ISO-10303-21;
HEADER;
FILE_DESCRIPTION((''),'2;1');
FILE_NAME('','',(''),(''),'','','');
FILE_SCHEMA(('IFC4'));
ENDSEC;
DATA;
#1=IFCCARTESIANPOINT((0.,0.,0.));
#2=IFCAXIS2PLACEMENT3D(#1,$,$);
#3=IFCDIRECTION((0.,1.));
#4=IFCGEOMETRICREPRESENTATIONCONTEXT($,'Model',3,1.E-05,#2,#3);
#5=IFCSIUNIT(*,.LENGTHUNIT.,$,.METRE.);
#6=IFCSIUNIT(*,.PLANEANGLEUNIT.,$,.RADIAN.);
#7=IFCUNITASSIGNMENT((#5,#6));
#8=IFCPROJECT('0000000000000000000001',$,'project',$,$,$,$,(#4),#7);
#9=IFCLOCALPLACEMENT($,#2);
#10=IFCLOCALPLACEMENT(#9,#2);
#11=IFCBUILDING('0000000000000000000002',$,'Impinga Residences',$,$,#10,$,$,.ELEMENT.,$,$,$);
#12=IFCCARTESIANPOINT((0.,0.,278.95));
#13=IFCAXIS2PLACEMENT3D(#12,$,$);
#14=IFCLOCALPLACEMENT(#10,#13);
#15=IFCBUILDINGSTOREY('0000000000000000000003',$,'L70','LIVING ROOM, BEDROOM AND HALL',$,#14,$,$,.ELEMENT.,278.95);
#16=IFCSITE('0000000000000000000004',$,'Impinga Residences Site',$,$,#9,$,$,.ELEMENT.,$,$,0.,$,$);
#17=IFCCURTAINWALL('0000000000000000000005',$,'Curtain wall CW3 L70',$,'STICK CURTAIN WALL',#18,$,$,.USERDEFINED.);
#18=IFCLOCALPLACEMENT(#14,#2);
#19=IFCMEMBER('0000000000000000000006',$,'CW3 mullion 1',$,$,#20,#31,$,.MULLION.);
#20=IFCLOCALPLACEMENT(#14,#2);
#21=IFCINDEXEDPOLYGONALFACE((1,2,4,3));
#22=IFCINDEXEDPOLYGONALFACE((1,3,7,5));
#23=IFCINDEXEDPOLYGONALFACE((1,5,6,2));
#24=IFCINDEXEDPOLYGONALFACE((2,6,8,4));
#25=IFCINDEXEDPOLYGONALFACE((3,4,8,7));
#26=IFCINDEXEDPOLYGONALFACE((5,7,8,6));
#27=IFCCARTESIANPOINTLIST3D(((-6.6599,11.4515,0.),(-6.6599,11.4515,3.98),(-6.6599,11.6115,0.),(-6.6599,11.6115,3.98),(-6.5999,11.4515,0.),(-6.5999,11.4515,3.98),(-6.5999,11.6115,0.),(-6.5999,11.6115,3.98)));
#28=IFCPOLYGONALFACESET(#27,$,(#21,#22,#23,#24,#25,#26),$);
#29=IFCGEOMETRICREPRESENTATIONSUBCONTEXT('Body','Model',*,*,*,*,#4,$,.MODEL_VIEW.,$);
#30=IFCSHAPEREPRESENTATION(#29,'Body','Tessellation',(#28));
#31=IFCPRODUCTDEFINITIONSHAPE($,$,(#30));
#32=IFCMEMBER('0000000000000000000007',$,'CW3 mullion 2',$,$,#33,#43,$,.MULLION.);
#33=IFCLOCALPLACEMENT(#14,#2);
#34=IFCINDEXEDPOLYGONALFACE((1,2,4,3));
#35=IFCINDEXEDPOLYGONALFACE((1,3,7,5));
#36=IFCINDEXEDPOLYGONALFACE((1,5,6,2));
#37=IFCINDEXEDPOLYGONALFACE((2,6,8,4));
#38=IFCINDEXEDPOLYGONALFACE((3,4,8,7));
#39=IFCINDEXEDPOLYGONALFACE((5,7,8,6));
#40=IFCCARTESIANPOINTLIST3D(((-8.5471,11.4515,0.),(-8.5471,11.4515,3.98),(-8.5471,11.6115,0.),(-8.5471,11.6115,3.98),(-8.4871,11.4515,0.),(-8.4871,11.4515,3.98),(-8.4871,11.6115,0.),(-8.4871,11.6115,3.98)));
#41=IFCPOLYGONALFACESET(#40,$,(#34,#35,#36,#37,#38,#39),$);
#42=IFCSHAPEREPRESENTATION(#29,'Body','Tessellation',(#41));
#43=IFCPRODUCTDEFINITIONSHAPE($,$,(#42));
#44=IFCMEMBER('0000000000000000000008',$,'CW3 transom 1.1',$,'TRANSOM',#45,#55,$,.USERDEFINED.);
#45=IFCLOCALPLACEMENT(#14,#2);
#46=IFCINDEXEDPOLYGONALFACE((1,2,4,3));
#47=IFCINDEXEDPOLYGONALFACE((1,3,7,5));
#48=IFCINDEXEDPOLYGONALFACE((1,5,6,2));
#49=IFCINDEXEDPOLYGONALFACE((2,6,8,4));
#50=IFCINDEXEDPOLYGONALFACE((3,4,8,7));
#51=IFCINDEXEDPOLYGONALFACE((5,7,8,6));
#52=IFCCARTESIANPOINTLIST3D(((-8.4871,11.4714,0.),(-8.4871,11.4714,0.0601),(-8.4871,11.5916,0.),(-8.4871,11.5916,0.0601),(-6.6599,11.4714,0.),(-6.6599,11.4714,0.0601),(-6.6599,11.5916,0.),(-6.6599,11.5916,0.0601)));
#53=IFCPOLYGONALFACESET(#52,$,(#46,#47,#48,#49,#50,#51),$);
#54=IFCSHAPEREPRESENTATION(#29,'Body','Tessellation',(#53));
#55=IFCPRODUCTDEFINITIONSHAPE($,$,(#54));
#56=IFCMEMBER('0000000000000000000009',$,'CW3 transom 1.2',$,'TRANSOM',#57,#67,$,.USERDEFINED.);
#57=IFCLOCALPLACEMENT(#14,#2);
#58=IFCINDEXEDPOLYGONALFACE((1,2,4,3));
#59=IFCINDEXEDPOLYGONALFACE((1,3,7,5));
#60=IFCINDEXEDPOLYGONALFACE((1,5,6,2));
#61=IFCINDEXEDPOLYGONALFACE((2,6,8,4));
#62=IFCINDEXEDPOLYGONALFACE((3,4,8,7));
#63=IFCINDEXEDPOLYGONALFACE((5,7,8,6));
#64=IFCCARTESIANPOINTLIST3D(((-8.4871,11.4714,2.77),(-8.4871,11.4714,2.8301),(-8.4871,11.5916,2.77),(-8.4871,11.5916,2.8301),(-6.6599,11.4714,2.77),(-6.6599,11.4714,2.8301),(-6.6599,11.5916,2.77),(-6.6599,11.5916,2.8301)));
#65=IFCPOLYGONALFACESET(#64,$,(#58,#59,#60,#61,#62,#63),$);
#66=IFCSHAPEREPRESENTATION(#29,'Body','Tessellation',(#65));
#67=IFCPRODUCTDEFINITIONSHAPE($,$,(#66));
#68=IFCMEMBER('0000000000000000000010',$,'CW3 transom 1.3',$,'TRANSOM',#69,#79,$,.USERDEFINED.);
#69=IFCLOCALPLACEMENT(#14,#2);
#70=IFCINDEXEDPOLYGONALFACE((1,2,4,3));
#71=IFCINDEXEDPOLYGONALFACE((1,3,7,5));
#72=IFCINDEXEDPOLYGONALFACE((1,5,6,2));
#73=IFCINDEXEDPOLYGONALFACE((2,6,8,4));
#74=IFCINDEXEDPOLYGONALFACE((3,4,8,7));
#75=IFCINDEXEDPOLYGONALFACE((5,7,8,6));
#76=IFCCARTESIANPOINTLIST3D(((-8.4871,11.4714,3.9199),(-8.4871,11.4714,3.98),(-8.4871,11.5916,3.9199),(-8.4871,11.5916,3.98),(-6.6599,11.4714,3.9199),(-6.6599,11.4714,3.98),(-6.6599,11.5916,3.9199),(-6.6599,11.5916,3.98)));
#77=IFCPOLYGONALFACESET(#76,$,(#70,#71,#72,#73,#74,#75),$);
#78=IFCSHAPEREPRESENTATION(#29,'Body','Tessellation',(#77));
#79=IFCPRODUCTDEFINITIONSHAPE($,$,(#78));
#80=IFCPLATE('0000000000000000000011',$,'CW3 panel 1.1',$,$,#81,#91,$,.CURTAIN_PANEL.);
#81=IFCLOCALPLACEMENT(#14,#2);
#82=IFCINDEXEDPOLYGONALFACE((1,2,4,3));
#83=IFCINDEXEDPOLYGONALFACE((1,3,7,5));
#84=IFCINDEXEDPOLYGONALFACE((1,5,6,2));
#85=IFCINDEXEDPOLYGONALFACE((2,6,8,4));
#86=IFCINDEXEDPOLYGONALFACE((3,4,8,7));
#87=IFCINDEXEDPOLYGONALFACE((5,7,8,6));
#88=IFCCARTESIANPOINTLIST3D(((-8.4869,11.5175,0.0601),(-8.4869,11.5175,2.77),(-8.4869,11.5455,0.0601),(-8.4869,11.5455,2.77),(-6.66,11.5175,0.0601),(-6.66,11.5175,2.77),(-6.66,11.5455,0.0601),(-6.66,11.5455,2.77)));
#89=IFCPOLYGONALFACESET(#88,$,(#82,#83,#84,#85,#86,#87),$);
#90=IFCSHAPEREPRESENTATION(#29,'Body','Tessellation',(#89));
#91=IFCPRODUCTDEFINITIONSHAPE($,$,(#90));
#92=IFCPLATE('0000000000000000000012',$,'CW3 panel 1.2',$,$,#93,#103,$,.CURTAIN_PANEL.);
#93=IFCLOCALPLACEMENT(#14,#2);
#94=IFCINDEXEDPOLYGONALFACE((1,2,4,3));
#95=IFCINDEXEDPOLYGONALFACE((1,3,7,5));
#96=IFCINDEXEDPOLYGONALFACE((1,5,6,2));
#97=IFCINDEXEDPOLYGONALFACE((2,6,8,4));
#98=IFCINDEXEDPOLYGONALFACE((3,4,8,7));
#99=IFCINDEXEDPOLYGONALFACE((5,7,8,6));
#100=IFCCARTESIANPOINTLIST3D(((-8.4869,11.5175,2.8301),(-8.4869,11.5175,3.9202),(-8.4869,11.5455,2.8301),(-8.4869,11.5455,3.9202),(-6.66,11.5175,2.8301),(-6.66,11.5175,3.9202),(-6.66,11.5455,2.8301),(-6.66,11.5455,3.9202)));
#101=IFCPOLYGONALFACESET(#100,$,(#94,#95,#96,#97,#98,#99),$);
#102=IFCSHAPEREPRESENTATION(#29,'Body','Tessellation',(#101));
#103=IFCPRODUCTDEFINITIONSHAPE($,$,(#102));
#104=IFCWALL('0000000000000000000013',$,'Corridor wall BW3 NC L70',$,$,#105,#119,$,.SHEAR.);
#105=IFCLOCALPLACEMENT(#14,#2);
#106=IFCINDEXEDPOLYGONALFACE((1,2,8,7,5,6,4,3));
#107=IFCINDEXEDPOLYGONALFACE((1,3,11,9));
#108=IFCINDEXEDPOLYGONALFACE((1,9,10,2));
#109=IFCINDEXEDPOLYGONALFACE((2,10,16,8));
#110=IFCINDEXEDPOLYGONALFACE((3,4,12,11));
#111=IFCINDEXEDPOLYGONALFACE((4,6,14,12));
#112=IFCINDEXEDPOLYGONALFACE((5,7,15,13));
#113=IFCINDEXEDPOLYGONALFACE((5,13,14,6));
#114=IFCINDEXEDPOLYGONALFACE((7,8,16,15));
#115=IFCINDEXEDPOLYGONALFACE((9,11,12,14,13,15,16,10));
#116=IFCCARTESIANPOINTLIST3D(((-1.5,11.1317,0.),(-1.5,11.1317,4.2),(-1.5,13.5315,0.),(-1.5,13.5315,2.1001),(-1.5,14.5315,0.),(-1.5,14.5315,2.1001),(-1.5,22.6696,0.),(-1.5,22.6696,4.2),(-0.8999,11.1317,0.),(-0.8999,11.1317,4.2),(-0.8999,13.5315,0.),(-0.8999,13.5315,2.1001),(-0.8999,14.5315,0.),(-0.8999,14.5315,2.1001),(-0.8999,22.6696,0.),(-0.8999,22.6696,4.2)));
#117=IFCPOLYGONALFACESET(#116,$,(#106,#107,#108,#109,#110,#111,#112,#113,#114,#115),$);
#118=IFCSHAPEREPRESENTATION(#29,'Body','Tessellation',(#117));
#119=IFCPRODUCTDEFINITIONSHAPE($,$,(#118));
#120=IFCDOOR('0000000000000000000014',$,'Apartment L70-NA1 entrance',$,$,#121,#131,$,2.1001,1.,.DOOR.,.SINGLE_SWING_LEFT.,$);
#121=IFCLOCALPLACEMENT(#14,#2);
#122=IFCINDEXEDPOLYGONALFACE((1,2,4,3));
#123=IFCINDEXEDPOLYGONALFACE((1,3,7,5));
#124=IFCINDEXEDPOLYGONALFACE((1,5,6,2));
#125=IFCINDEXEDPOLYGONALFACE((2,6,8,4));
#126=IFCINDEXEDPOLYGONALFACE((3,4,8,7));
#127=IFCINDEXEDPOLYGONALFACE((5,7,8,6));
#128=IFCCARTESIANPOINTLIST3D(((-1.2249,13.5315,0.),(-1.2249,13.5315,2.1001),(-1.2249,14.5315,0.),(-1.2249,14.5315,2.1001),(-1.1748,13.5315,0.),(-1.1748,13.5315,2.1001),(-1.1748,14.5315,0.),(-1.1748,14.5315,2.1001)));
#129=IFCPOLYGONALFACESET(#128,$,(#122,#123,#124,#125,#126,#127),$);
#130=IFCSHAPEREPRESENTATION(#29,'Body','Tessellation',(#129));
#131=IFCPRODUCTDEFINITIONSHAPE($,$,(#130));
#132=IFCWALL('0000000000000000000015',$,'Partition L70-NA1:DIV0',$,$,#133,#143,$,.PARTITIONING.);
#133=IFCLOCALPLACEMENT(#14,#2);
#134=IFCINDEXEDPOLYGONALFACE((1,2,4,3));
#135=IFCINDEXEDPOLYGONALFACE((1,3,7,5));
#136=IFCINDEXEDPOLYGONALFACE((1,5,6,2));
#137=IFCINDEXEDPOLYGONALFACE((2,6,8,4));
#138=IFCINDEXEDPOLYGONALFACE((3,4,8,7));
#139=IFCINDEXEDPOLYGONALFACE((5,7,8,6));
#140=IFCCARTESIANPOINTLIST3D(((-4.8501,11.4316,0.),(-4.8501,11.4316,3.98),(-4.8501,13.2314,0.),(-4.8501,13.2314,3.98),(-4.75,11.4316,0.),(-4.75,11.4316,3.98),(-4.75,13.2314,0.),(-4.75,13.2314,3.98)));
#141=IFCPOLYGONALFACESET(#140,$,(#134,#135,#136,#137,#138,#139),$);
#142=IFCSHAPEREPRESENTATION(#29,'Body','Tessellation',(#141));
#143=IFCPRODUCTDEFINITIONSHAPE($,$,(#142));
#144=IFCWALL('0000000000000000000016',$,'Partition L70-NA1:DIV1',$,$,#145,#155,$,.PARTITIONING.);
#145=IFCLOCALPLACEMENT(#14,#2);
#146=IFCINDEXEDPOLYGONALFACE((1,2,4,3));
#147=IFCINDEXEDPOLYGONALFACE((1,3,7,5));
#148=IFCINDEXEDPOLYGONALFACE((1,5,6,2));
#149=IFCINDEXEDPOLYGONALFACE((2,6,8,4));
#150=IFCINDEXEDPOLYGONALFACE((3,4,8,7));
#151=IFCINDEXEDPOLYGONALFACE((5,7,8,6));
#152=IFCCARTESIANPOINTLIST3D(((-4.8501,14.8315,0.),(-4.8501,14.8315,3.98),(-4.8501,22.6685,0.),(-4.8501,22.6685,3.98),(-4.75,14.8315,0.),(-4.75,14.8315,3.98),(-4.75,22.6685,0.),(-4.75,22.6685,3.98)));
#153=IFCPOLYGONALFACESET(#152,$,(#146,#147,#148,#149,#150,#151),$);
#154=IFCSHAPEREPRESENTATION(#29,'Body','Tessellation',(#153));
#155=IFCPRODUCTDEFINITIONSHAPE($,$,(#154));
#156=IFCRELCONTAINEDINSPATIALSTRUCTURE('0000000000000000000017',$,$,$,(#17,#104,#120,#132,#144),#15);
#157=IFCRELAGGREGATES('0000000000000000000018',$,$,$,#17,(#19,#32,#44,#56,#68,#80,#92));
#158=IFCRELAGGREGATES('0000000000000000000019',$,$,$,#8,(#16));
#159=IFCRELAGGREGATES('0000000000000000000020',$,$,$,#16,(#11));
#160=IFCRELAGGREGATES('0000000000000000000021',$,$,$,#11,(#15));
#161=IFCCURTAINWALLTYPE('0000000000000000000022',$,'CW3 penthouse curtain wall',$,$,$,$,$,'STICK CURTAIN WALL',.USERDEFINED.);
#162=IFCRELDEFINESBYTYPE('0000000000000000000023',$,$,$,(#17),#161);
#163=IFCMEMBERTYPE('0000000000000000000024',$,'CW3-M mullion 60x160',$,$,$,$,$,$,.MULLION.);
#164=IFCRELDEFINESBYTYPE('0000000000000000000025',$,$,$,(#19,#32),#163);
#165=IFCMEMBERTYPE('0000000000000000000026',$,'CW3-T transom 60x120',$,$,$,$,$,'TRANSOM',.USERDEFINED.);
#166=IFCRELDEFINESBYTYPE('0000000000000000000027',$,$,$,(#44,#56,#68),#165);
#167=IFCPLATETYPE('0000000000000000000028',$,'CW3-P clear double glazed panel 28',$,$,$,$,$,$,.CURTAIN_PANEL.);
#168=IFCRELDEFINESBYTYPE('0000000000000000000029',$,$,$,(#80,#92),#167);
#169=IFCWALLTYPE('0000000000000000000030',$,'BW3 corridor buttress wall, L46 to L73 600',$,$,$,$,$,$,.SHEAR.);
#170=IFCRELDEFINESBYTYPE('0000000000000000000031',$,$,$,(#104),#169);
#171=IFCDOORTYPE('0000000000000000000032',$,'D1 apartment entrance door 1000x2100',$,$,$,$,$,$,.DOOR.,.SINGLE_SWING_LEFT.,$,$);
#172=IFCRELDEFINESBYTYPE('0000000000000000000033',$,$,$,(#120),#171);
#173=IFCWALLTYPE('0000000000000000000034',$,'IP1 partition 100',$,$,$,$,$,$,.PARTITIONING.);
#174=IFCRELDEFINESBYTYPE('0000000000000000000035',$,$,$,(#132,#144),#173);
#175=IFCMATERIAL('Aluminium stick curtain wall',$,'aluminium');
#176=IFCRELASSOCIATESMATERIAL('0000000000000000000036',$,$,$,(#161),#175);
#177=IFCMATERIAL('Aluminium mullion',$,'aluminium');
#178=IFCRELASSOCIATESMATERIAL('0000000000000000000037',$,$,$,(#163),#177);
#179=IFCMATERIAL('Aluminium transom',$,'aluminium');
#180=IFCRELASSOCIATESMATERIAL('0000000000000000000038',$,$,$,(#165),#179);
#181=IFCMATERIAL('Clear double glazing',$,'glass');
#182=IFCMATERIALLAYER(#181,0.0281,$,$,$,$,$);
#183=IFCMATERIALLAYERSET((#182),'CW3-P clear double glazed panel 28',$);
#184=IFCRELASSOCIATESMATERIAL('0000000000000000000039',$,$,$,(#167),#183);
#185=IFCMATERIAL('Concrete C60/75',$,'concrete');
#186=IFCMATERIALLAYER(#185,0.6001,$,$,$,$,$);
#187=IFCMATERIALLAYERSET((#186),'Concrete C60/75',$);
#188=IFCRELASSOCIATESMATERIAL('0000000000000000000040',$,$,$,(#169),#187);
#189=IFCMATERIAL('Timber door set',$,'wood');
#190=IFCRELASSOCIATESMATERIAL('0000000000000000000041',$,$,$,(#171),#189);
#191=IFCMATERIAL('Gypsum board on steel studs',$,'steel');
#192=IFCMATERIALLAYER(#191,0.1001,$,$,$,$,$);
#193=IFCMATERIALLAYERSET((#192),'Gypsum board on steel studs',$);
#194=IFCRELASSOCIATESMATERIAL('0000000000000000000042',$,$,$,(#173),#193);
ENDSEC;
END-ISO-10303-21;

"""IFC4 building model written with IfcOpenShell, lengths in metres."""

from ifc_helpers import new_model, si_unit, direction, frame, frame_2d, origin, origin_2d, place, context, subcontext, project, spatial, rectangle, extrude, material, layer, layer_set, material_profile, profile_set, type_object, element, fill, aggregate, save


model = new_model("IFC4")

# Units and contexts
model_context = context("Model", 3, precision=1e-05, world=origin(), true_north=direction((0.0, 1.0)))
body_context = subcontext(model_context, "Body", "Model", "MODEL_VIEW")
ifc_project = project(units=[si_unit("LENGTHUNIT", "METRE"), si_unit("PLANEANGLEUNIT", "RADIAN")], contexts=[model_context])

# Site, building, storey
site_placement = place(None, origin())
site = spatial("IfcSite", under=ifc_project, at=site_placement, Name="Impinga Residences Site", CompositionType="ELEMENT", RefElevation=0.0)
building_placement = place(site_placement, origin())
building = spatial("IfcBuilding", under=site, at=building_placement, Name="Impinga Residences", CompositionType="ELEMENT")
storey_placement = place(building_placement, frame((0.0, 0.0, 278.95)))
storey = spatial("IfcBuildingStorey", under=building, at=storey_placement, Name="L70", Description="LIVING ROOM, BEDROOM AND HALL", CompositionType="ELEMENT", Elevation=278.95)

# Curtain wall, members, plates
ifc_material_1 = material(Name="Aluminium stick curtain wall", Category="aluminium")
curtain_wall_type = type_object("IfcCurtainWallType", Name="CW3 penthouse curtain wall", ElementType="STICK CURTAIN WALL", PredefinedType="USERDEFINED", material=ifc_material_1)
curtain_wall_placement = place(storey_placement, origin())
curtain_wall = element("IfcCurtainWall", 1, at=curtain_wall_placement, inside=storey, type_object=curtain_wall_type, Name="Curtain wall CW3 L70", ObjectType="STICK CURTAIN WALL", PredefinedType="USERDEFINED")
ifc_material_2 = material(Name="Aluminium mullion", Category="aluminium")
ifc_material_profile_1 = material_profile(ifc_material_2, rectangle(XDim=0.0601, YDim=0.1599, at=origin_2d()), Name="60x160 mullion")
ifc_profile_set_1 = profile_set([ifc_material_profile_1], Name="Aluminium mullion")
member_type_1 = type_object("IfcMemberType", Name="CW3-M mullion 60x160", PredefinedType="MULLION", material=ifc_profile_set_1)
member_1_placement = place(storey_placement, frame((-6.6299, 11.5315, 0.0), z_axis=(0.0, 0.0, 1.0), x_axis=(-1.0, 0.0, 0.0)))
member_1 = element("IfcMember", 2, at=member_1_placement, type_object=member_type_1, Name="CW3 mullion 1", PredefinedType="MULLION", context=body_context, shape_type="SweptSolid", body=[
    extrude(rectangle(XDim=0.0601, YDim=0.1599, at=origin_2d()), origin(), (0.0, 0.0, 1.0), 3.98),
])
member_2_placement = place(storey_placement, frame((-8.5171, 11.5315, 0.0), z_axis=(0.0, 0.0, 1.0), x_axis=(-1.0, 0.0, 0.0)))
member_2 = element("IfcMember", 3, at=member_2_placement, type_object=member_type_1, Name="CW3 mullion 2", PredefinedType="MULLION", context=body_context, shape_type="SweptSolid", body=[
    extrude(rectangle(XDim=0.0601, YDim=0.1599, at=origin_2d()), origin(), (0.0, 0.0, 1.0), 3.98),
])
ifc_material_3 = material(Name="Aluminium transom", Category="aluminium")
ifc_material_profile_2 = material_profile(ifc_material_3, rectangle(XDim=0.0601, YDim=0.1201, at=origin_2d()), Name="60x120 transom")
ifc_profile_set_2 = profile_set([ifc_material_profile_2], Name="Aluminium transom")
member_type_2 = type_object("IfcMemberType", Name="CW3-T transom 60x120", ElementType="TRANSOM", PredefinedType="USERDEFINED", material=ifc_profile_set_2)
member_3_placement = place(storey_placement, frame((-6.6599, 11.5315, 0.03), z_axis=(-1.0, 0.0, 0.0), x_axis=(0.0, 0.0, 1.0)))
member_3 = element("IfcMember", 4, at=member_3_placement, type_object=member_type_2, Name="CW3 transom 1.1", ObjectType="TRANSOM", PredefinedType="USERDEFINED", context=body_context, shape_type="SweptSolid", body=[
    extrude(rectangle(XDim=0.0601, YDim=0.1201, at=origin_2d()), origin(), (0.0, 0.0, 1.0), 1.8271),
])
member_4_placement = place(storey_placement, frame((-6.6599, 11.5315, 2.8), z_axis=(-1.0, 0.0, 0.0), x_axis=(0.0, 0.0, 1.0)))
member_4 = element("IfcMember", 5, at=member_4_placement, type_object=member_type_2, Name="CW3 transom 1.2", ObjectType="TRANSOM", PredefinedType="USERDEFINED", context=body_context, shape_type="SweptSolid", body=[
    extrude(rectangle(XDim=0.0601, YDim=0.1201, at=origin_2d()), origin(), (0.0, 0.0, 1.0), 1.8271),
])
member_5_placement = place(storey_placement, frame((-6.6599, 11.5315, 3.95), z_axis=(-1.0, 0.0, 0.0), x_axis=(0.0, 0.0, 1.0)))
member_5 = element("IfcMember", 6, at=member_5_placement, type_object=member_type_2, Name="CW3 transom 1.3", ObjectType="TRANSOM", PredefinedType="USERDEFINED", context=body_context, shape_type="SweptSolid", body=[
    extrude(rectangle(XDim=0.0601, YDim=0.1201, at=origin_2d()), origin(), (0.0, 0.0, 1.0), 1.8271),
])
ifc_material_4 = material(Name="Clear double glazing", Category="glass")
ifc_layer_1 = layer(ifc_material_4, 0.0281)
ifc_layer_set_1 = layer_set([ifc_layer_1], Name="CW3-P clear double glazed panel 28")
plate_type = type_object("IfcPlateType", Name="CW3-P clear double glazed panel 28", PredefinedType="CURTAIN_PANEL", material=ifc_layer_set_1)
plate_1_placement = place(storey_placement, frame((-7.5735, 11.5315, 0.0601), z_axis=(0.0, 0.0, 1.0), x_axis=(-1.0, 0.0, 0.0)))
plate_1 = element("IfcPlate", 7, at=plate_1_placement, type_object=plate_type, Name="CW3 panel 1.1", PredefinedType="CURTAIN_PANEL", context=body_context, shape_type="SweptSolid", body=[
    extrude(rectangle(XDim=1.8269, YDim=0.0281, at=origin_2d()), origin(), (0.0, 0.0, 1.0), 2.71),
])
plate_2_placement = place(storey_placement, frame((-7.5735, 11.5315, 2.8301), z_axis=(0.0, 0.0, 1.0), x_axis=(-1.0, 0.0, 0.0)))
plate_2 = element("IfcPlate", 8, at=plate_2_placement, type_object=plate_type, Name="CW3 panel 1.2", PredefinedType="CURTAIN_PANEL", context=body_context, shape_type="SweptSolid", body=[
    extrude(rectangle(XDim=1.8269, YDim=0.0281, at=origin_2d()), origin(), (0.0, 0.0, 1.0), 1.0901),
])
aggregate(curtain_wall, [member_1, member_2, member_3, member_4, member_5, plate_1, plate_2])

# Wall, opening, door
ifc_material_5 = material(Name="Concrete C60/75", Category="concrete")
ifc_layer_2 = layer(ifc_material_5, 0.6001)
ifc_layer_set_2 = layer_set([ifc_layer_2], Name="Concrete C60/75")
wall_type_1 = type_object("IfcWallType", Name="BW3 corridor buttress wall, L46 to L73 600", PredefinedType="SHEAR", material=ifc_layer_set_2)
wall_1_placement = place(storey_placement, frame((-1.2, 11.1316, 0.0), z_axis=(0.0, 0.0, 1.0), x_axis=(0.0, 1.0, 0.0)))
wall_1 = element("IfcWall", 9, at=wall_1_placement, inside=storey, type_object=wall_type_1, Name="Corridor wall BW3 NC L70", PredefinedType="SHEAR", context=body_context, shape_type="SweptSolid", body=[
    extrude(rectangle(XDim=11.5378, YDim=0.6001, at=frame_2d((5.769, 0.0))), origin(), (0.0, 0.0, 1.0), 4.2),
])
opening_1_placement = place(wall_1_placement, frame((2.3999, 0.0, 0.0)))
opening_1 = element("IfcOpeningElement", 10, at=opening_1_placement, cuts=wall_1, PredefinedType="OPENING", context=body_context, shape_type="SweptSolid", body=[
    extrude(rectangle(XDim=1.0, YDim=2.1001, at=frame_2d((0.5, 1.05))), frame((0.0, 0.3101, 0.0), z_axis=(0.0, -1.0, 0.0), x_axis=(1.0, 0.0, 0.0)), (0.0, 0.0, 1.0), 0.6201),
])
ifc_material_6 = material(Name="Timber door set", Category="wood")
door_type_1 = type_object("IfcDoorType", Name="D1 apartment entrance door 1000x2100", OperationType="SINGLE_SWING_LEFT", PredefinedType="DOOR", material=ifc_material_6)
door_1_placement = place(opening_1_placement, origin())
door_1 = element("IfcDoor", 11, at=door_1_placement, inside=storey, type_object=door_type_1, Name="Apartment L70-NA1 entrance", OperationType="SINGLE_SWING_LEFT", OverallHeight=2.1001, OverallWidth=1.0, PredefinedType="DOOR", context=body_context, shape_type="SweptSolid", body=[
    extrude(rectangle(XDim=1.0, YDim=2.1001, at=frame_2d((0.5, 1.05))), frame((0.0, 0.0249, 0.0), z_axis=(0.0, -1.0, 0.0), x_axis=(1.0, 0.0, 0.0)), (0.0, 0.0, 1.0), 0.05),
])
fill(opening_1, door_1)

# Walls
ifc_material_7 = material(Name="Gypsum board on steel studs", Category="steel")
ifc_layer_3 = layer(ifc_material_7, 0.1001)
ifc_layer_set_3 = layer_set([ifc_layer_3], Name="Gypsum board on steel studs")
wall_type_2 = type_object("IfcWallType", Name="IP1 partition 100", PredefinedType="PARTITIONING", material=ifc_layer_set_3)
wall_2_placement = place(storey_placement, frame((-4.8, 11.4316, 0.0), z_axis=(0.0, 0.0, 1.0), x_axis=(0.0, 1.0, 0.0)))
element("IfcWall", 12, at=wall_2_placement, inside=storey, type_object=wall_type_2, Name="Partition L70-NA1:DIV0", PredefinedType="PARTITIONING", context=body_context, shape_type="SweptSolid", body=[
    extrude(rectangle(XDim=1.7998, YDim=0.1001, at=frame_2d((0.8999, 0.0))), origin(), (0.0, 0.0, 1.0), 3.98),
])
wall_3_placement = place(storey_placement, frame((-4.8, 14.8315, 0.0), z_axis=(0.0, 0.0, 1.0), x_axis=(0.0, 1.0, 0.0)))
element("IfcWall", 13, at=wall_3_placement, inside=storey, type_object=wall_type_2, Name="Partition L70-NA1:DIV1", PredefinedType="PARTITIONING", context=body_context, shape_type="SweptSolid", body=[
    extrude(rectangle(XDim=7.8369, YDim=0.1001, at=frame_2d((3.9185, 0.0))), origin(), (0.0, 0.0, 1.0), 3.98),
])

save(model, "model.ifc")
